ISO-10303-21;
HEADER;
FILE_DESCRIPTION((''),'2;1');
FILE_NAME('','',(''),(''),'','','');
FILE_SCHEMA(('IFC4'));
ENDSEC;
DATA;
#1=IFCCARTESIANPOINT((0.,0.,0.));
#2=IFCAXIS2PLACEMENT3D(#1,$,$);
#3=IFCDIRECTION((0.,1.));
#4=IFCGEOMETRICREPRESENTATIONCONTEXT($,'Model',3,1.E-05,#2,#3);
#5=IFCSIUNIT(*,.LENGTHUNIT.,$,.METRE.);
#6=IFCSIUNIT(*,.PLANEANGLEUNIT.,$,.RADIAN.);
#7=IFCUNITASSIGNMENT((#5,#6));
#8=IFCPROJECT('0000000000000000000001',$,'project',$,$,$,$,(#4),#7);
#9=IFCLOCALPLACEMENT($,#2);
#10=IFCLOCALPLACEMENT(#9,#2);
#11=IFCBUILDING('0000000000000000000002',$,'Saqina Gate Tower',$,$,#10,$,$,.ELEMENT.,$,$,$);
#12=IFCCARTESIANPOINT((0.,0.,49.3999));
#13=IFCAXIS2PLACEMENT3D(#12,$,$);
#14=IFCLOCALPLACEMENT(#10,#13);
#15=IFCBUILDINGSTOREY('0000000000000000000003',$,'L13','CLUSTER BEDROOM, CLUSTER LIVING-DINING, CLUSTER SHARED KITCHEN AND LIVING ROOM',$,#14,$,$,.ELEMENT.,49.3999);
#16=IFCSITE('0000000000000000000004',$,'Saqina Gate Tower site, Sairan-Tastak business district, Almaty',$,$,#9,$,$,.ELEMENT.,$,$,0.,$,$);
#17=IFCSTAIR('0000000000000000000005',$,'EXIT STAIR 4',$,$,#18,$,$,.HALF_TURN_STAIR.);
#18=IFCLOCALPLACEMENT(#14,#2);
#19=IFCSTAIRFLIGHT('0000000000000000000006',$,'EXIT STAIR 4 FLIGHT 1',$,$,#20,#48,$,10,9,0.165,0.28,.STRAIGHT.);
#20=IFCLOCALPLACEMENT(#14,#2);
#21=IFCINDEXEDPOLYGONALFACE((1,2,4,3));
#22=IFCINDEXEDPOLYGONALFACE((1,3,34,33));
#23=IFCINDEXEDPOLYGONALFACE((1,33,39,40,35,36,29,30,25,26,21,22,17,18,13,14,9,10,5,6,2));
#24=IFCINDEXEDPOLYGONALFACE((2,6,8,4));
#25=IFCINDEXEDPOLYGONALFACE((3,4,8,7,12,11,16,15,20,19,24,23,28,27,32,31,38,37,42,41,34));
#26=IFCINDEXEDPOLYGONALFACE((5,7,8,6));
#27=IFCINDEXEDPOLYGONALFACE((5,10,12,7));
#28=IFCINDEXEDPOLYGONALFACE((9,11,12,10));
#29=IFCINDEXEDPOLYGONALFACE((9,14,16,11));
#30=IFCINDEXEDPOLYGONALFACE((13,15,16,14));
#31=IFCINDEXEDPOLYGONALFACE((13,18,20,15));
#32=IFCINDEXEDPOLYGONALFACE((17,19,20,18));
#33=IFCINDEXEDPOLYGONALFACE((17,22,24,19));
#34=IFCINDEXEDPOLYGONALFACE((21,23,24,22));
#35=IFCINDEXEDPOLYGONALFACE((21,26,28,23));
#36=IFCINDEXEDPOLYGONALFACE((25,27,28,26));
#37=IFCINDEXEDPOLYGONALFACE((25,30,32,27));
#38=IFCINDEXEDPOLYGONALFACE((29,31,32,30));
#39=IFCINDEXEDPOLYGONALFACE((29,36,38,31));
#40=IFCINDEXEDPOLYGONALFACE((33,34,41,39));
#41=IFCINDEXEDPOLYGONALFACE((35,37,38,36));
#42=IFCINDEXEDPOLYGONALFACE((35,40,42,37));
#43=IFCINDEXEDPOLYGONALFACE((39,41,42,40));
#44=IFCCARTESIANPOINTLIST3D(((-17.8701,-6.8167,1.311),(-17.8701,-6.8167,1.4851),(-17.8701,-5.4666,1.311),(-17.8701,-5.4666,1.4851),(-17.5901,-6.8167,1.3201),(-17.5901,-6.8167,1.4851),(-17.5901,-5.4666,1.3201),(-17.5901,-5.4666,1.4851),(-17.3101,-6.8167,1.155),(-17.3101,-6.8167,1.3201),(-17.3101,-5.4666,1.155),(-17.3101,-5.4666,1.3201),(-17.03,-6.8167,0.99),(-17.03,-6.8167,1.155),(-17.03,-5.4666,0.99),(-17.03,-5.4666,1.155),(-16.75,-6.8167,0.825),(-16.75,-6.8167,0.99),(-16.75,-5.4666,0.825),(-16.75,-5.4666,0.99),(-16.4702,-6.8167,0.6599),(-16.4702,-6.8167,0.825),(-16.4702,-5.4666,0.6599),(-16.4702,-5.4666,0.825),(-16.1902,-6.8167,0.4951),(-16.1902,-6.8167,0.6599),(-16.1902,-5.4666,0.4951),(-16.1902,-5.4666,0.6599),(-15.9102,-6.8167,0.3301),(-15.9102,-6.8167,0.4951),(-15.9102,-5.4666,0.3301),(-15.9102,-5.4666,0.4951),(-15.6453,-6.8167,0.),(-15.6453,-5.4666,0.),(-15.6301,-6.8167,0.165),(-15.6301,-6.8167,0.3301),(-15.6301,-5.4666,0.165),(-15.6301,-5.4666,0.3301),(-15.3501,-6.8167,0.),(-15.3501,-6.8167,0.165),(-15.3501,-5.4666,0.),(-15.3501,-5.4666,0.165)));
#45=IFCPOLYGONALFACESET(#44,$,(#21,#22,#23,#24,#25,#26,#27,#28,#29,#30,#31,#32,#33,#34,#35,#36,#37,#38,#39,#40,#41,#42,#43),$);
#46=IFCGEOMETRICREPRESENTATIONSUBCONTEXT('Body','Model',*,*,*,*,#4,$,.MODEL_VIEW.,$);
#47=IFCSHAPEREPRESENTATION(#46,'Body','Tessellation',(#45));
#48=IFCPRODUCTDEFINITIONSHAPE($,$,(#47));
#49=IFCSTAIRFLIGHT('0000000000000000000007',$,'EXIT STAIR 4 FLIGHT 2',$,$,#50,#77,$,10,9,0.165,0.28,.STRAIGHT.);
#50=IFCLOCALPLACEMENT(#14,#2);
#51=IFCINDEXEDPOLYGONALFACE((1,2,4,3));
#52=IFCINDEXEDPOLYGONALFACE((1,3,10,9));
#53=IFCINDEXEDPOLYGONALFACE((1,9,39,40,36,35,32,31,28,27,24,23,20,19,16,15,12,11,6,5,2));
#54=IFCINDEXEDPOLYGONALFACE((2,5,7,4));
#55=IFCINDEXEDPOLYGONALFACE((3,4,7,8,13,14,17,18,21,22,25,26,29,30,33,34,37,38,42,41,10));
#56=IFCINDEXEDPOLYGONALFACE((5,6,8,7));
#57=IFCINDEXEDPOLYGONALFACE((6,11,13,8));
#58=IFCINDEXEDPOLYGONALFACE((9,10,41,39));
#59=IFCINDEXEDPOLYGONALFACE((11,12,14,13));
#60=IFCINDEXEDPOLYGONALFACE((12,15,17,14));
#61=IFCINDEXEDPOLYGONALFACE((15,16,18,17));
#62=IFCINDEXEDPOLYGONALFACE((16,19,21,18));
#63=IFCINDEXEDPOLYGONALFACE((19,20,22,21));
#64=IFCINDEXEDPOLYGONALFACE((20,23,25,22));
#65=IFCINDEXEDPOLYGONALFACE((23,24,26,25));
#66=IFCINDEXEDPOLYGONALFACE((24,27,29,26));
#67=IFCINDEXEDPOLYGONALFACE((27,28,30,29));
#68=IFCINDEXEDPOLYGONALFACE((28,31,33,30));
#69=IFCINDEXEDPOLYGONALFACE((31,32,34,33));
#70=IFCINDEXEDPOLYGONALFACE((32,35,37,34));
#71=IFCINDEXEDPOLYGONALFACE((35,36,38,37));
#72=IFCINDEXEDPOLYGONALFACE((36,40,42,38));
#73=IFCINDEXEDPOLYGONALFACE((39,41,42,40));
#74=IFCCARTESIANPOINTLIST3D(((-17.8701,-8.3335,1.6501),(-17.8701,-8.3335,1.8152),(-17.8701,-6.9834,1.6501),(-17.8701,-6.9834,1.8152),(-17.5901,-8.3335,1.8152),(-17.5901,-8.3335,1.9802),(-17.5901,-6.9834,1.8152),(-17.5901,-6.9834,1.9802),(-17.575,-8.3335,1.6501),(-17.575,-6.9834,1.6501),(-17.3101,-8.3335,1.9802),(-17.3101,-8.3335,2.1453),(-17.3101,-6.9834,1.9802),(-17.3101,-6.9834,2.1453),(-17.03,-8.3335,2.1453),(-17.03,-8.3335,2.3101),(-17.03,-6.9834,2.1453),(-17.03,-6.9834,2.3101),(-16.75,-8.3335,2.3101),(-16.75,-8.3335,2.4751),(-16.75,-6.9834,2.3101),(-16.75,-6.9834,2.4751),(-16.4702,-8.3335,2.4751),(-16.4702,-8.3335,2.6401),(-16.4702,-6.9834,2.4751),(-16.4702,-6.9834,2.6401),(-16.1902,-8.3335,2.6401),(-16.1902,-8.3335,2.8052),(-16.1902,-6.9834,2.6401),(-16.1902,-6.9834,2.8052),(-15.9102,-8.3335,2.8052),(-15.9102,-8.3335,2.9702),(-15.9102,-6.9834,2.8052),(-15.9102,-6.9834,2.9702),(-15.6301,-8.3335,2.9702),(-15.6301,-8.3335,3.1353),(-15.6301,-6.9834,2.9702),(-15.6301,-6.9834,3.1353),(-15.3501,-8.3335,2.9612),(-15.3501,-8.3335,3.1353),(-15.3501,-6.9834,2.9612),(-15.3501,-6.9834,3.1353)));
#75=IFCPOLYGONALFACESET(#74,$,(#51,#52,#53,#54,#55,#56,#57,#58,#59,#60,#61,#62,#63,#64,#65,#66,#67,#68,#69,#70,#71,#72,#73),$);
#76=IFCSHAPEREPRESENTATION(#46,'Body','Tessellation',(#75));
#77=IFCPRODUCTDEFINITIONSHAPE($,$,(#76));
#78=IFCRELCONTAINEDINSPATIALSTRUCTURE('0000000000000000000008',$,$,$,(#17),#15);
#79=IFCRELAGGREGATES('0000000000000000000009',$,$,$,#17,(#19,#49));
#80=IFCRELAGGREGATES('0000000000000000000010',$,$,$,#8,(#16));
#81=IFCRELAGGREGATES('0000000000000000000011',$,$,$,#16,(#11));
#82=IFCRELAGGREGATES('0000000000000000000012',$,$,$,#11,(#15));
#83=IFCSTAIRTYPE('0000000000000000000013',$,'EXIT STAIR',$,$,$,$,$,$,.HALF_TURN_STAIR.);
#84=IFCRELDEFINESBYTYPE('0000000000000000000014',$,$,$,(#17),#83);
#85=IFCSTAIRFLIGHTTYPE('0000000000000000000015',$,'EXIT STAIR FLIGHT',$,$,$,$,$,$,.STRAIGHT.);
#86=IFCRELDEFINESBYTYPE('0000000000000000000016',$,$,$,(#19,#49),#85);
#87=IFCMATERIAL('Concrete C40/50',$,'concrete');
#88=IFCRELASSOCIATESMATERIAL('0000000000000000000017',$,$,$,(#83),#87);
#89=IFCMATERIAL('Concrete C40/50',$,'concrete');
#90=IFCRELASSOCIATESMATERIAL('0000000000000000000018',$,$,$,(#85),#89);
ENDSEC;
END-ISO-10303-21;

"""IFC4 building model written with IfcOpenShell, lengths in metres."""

from ifc_helpers import new_model, si_unit, direction, frame, origin, place, context, subcontext, project, spatial, polyline, outline, extrude, material, type_object, element, aggregate, save


model = new_model("IFC4")

# Units and contexts
model_context = context("Model", 3, precision=1e-05, world=origin(), true_north=direction((0.0, 1.0)))
body_context = subcontext(model_context, "Body", "Model", "MODEL_VIEW")
ifc_project = project(units=[si_unit("LENGTHUNIT", "METRE"), si_unit("PLANEANGLEUNIT", "RADIAN")], contexts=[model_context])

# Site, building, storey
site_placement = place(None, origin())
site = spatial("IfcSite", under=ifc_project, at=site_placement, Name="Saqina Gate Tower site, Sairan-Tastak business district, Almaty", CompositionType="ELEMENT", RefElevation=0.0)
building_placement = place(site_placement, origin())
building = spatial("IfcBuilding", under=site, at=building_placement, Name="Saqina Gate Tower", CompositionType="ELEMENT")
storey_placement = place(building_placement, frame((0.0, 0.0, 49.3999)))
storey = spatial("IfcBuildingStorey", under=building, at=storey_placement, Name="L13", Description="CLUSTER BEDROOM, CLUSTER LIVING-DINING, CLUSTER SHARED KITCHEN AND LIVING ROOM", CompositionType="ELEMENT", Elevation=49.3999)

# Stair, stair flights
ifc_material_1 = material(Name="Concrete C40/50", Category="concrete")
stair_type = type_object("IfcStairType", Name="EXIT STAIR", PredefinedType="HALF_TURN_STAIR", material=ifc_material_1)
stair_placement = place(storey_placement, origin())
stair = element("IfcStair", 1, at=stair_placement, inside=storey, type_object=stair_type, Name="EXIT STAIR 4", PredefinedType="HALF_TURN_STAIR")
ifc_material_2 = material(Name="Concrete C40/50", Category="concrete")
stair_flight_type = type_object("IfcStairFlightType", Name="EXIT STAIR FLIGHT", PredefinedType="STRAIGHT", material=ifc_material_2)
stair_flight_1_placement = place(storey_placement, frame((-15.3501, -6.1416, 0.0), z_axis=(0.0, 0.0, 1.0), x_axis=(-1.0, 0.0, 0.0)))
stair_flight_1 = element("IfcStairFlight", 2, at=stair_flight_1_placement, type_object=stair_flight_type, Name="EXIT STAIR 4 FLIGHT 1", NumberOfRisers=10, NumberOfTreads=9, PredefinedType="STRAIGHT", RiserHeight=0.165, TreadLength=0.28, context=body_context, shape_type="SweptSolid", body=[
    extrude(outline(polyline([(0.0, 0.0), (0.0, 0.165), (0.28, 0.165), (0.28, 0.3301), (0.5601, 0.3301), (0.5601, 0.4951), (0.8401, 0.4951), (0.8401, 0.6599), (1.1201, 0.6599), (1.1201, 0.825), (1.3999, 0.825), (1.3999, 0.99), (1.6799, 0.99), (1.6799, 1.155), (1.96, 1.155), (1.96, 1.3201), (2.24, 1.3201), (2.24, 1.4851), (2.52, 1.4851), (2.52, 1.6499), (2.52, 1.311), (0.2952, 0.0), (0.0, 0.0)])), frame((0.0, 0.675, 0.0), z_axis=(0.0, -1.0, 0.0), x_axis=(1.0, 0.0, 0.0)), (0.0, 0.0, 1.0), 1.3501),
])
stair_flight_2_placement = place(storey_placement, frame((-17.8701, -7.6584, 1.6501), z_axis=(0.0, 0.0, 1.0), x_axis=(1.0, 0.0, 0.0)))
stair_flight_2 = element("IfcStairFlight", 3, at=stair_flight_2_placement, type_object=stair_flight_type, Name="EXIT STAIR 4 FLIGHT 2", NumberOfRisers=10, NumberOfTreads=9, PredefinedType="STRAIGHT", RiserHeight=0.165, TreadLength=0.28, context=body_context, shape_type="SweptSolid", body=[
    extrude(outline(polyline([(0.0, 0.0), (0.0, 0.165), (0.28, 0.165), (0.28, 0.3301), (0.5601, 0.3301), (0.5601, 0.4951), (0.8401, 0.4951), (0.8401, 0.6599), (1.1201, 0.6599), (1.1201, 0.825), (1.3999, 0.825), (1.3999, 0.99), (1.6799, 0.99), (1.6799, 1.155), (1.96, 1.155), (1.96, 1.3201), (2.24, 1.3201), (2.24, 1.4851), (2.52, 1.4851), (2.52, 1.6499), (2.52, 1.311), (0.2952, 0.0), (0.0, 0.0)])), frame((0.0, 0.675, 0.0), z_axis=(0.0, -1.0, 0.0), x_axis=(1.0, 0.0, 0.0)), (0.0, 0.0, 1.0), 1.3501),
])
aggregate(stair, [stair_flight_1, stair_flight_2])

save(model, "model.ifc")
